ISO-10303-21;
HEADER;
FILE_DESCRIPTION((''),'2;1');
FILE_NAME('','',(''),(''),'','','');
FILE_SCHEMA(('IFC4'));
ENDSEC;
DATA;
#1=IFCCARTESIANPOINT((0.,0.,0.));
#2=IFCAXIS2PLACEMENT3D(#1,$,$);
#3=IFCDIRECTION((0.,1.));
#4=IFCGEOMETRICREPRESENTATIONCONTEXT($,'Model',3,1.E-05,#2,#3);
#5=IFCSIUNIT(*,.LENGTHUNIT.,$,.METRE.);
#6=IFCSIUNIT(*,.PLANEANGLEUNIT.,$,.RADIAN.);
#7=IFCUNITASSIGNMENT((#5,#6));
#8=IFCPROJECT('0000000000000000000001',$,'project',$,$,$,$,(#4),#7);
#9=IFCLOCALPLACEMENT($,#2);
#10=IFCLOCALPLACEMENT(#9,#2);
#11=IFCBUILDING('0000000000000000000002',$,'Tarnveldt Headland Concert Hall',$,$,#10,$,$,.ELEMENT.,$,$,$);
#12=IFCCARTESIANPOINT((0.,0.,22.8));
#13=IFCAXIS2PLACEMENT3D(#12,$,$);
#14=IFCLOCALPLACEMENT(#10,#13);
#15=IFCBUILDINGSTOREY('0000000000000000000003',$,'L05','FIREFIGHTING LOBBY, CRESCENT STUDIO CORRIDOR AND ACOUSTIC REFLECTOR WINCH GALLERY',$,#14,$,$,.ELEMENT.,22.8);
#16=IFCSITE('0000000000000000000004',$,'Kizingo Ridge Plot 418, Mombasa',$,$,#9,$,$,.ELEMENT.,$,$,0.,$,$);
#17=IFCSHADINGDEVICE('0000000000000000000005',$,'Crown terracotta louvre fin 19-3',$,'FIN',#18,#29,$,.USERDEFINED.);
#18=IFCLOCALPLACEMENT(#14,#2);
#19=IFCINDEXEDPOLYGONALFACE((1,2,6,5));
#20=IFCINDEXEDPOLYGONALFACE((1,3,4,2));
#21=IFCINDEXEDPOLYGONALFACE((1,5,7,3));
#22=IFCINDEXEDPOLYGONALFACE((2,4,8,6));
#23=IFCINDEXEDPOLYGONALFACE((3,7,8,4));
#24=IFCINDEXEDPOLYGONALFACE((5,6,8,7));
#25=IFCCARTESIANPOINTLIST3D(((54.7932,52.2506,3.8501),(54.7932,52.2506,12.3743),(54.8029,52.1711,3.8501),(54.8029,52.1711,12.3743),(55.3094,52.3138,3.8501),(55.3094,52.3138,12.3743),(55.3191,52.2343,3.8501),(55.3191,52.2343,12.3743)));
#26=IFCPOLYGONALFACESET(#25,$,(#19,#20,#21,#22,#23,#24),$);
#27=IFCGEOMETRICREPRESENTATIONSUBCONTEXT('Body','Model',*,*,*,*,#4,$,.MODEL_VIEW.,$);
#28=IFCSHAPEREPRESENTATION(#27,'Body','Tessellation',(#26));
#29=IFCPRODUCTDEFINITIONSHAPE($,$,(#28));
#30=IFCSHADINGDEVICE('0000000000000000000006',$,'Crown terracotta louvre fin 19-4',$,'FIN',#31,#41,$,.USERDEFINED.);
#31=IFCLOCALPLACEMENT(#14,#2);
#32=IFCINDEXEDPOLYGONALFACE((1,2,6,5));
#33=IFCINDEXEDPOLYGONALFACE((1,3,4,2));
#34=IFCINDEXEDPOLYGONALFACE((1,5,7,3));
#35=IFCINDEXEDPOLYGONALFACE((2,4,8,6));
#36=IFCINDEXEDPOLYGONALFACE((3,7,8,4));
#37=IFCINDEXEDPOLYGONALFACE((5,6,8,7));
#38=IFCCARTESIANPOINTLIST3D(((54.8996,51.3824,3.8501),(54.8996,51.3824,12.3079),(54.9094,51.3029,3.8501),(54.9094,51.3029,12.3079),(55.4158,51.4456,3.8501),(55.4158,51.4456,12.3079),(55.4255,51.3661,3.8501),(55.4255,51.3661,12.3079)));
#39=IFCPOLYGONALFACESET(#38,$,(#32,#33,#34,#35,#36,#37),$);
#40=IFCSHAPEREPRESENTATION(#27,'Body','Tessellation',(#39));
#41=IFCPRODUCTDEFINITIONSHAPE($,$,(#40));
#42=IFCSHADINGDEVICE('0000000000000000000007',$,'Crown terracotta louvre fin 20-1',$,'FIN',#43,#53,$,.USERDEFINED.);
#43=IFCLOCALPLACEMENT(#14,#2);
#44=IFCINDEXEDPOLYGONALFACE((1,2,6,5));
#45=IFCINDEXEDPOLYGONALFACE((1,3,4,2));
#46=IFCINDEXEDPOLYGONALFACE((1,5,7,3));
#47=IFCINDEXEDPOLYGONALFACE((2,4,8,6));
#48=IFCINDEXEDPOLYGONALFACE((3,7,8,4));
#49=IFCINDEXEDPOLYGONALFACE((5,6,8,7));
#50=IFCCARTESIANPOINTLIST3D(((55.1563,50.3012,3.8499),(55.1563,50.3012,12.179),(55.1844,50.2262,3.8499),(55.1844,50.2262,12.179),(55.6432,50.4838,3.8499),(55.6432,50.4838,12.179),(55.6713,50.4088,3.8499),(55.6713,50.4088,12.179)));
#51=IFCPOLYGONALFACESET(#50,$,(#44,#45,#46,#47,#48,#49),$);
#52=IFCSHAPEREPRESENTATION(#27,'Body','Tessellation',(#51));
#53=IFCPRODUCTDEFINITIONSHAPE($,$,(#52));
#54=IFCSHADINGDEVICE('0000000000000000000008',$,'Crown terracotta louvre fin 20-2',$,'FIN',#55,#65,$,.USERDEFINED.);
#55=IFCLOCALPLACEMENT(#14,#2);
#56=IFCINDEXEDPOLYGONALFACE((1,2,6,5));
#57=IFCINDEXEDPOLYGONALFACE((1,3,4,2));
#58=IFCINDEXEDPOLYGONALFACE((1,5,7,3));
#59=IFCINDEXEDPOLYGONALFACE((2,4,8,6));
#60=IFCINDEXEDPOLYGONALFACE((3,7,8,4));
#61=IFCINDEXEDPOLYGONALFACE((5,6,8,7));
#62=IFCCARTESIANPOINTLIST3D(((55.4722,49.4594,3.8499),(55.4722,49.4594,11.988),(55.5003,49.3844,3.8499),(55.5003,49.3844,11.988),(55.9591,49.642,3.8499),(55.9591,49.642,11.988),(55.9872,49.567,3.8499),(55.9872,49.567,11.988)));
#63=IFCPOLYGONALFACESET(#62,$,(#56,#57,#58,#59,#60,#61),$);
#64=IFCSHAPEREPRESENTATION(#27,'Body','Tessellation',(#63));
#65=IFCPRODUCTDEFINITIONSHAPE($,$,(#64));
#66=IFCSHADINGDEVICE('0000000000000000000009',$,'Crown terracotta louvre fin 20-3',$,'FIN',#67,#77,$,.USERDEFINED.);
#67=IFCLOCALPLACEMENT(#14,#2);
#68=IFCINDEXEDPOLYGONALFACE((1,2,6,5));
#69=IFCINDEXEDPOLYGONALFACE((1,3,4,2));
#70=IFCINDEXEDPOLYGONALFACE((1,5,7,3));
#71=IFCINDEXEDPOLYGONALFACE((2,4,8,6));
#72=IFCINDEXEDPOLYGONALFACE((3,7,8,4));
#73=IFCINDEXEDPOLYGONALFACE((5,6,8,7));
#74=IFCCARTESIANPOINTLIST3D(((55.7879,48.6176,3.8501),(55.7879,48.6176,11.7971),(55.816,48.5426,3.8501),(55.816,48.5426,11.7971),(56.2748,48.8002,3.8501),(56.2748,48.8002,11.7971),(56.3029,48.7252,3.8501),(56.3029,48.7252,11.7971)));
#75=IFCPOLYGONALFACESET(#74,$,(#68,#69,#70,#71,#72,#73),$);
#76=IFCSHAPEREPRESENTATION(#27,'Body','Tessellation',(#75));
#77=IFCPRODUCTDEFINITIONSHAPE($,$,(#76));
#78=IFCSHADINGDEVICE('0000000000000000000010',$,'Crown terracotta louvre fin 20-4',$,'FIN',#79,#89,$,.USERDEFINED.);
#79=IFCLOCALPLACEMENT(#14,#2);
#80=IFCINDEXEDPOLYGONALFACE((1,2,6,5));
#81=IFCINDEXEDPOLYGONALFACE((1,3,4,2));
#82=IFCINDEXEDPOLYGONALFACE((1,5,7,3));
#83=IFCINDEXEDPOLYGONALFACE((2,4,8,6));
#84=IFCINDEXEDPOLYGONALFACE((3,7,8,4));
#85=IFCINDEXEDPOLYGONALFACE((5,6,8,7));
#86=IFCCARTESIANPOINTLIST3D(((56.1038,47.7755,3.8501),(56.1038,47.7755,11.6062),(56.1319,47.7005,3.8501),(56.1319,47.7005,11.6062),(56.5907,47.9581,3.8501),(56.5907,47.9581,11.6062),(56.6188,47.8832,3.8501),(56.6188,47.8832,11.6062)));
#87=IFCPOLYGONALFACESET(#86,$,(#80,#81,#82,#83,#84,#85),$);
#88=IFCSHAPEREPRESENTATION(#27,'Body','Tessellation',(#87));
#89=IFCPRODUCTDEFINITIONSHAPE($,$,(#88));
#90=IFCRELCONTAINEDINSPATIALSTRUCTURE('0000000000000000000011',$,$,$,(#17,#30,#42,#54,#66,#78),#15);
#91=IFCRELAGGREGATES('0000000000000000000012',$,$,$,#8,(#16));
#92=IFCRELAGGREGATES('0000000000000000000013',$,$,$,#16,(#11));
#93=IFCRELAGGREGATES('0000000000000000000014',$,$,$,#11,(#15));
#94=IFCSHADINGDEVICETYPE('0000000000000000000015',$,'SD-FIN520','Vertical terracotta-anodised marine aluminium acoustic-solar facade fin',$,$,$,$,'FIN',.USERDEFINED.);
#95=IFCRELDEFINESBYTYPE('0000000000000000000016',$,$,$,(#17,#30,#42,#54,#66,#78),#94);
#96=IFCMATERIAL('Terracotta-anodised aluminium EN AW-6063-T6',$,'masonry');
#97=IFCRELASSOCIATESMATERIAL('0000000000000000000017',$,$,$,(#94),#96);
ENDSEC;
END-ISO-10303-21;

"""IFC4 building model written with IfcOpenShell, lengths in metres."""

from ifc_helpers import new_model, si_unit, direction, frame, origin, origin_2d, place, context, subcontext, project, spatial, rectangle, extrude, material, type_object, element, save


model = new_model("IFC4")

# Units and contexts
model_context = context("Model", 3, precision=1e-05, world=origin(), true_north=direction((0.0, 1.0)))
body_context = subcontext(model_context, "Body", "Model", "MODEL_VIEW")
ifc_project = project(units=[si_unit("LENGTHUNIT", "METRE"), si_unit("PLANEANGLEUNIT", "RADIAN")], contexts=[model_context])

# Site, building, storey
site_placement = place(None, origin())
site = spatial("IfcSite", under=ifc_project, at=site_placement, Name="Kizingo Ridge Plot 418, Mombasa", CompositionType="ELEMENT", RefElevation=0.0)
building_placement = place(site_placement, origin())
building = spatial("IfcBuilding", under=site, at=building_placement, Name="Tarnveldt Headland Concert Hall", CompositionType="ELEMENT")
storey_placement = place(building_placement, frame((0.0, 0.0, 22.8)))
storey = spatial("IfcBuildingStorey", under=building, at=storey_placement, Name="L05", Description="FIREFIGHTING LOBBY, CRESCENT STUDIO CORRIDOR AND ACOUSTIC REFLECTOR WINCH GALLERY", CompositionType="ELEMENT", Elevation=22.8)

# Shading devices
ifc_material_1 = material(Name="Terracotta-anodised aluminium EN AW-6063-T6", Category="masonry")
shading_device_type = type_object("IfcShadingDeviceType", Name="SD-FIN520", Description="Vertical terracotta-anodised marine aluminium acoustic-solar facade fin", ElementType="FIN", PredefinedType="USERDEFINED", material=ifc_material_1)
shading_device_1_placement = place(storey_placement, frame((55.0562, 52.2424, 3.8501), z_axis=(0.0, 0.0, 1.0), x_axis=(-0.992589, -0.121523, 0.0)))
element("IfcShadingDevice", 1, at=shading_device_1_placement, inside=storey, type_object=shading_device_type, Name="Crown terracotta louvre fin 19-3", ObjectType="FIN", PredefinedType="USERDEFINED", context=body_context, shape_type="SweptSolid", body=[
    extrude(rectangle(XDim=0.52, YDim=0.0801, at=origin_2d()), origin(), (0.0, 0.0, 1.0), 8.5242),
])
shading_device_2_placement = place(storey_placement, frame((55.1626, 51.3743, 3.8501), z_axis=(0.0, 0.0, 1.0), x_axis=(-0.992589, -0.121523, 0.0)))
element("IfcShadingDevice", 2, at=shading_device_2_placement, inside=storey, type_object=shading_device_type, Name="Crown terracotta louvre fin 19-4", ObjectType="FIN", PredefinedType="USERDEFINED", context=body_context, shape_type="SweptSolid", body=[
    extrude(rectangle(XDim=0.52, YDim=0.0801, at=origin_2d()), origin(), (0.0, 0.0, 1.0), 8.4578),
])
shading_device_3_placement = place(storey_placement, frame((55.4138, 50.355, 3.8499), z_axis=(0.0, 0.0, 1.0), x_axis=(-0.936305, -0.351188, 0.0)))
element("IfcShadingDevice", 3, at=shading_device_3_placement, inside=storey, type_object=shading_device_type, Name="Crown terracotta louvre fin 20-1", ObjectType="FIN", PredefinedType="USERDEFINED", context=body_context, shape_type="SweptSolid", body=[
    extrude(rectangle(XDim=0.52, YDim=0.0801, at=origin_2d()), origin(), (0.0, 0.0, 1.0), 8.3291),
])
shading_device_4_placement = place(storey_placement, frame((55.7297, 49.5132, 3.8499), z_axis=(0.0, 0.0, 1.0), x_axis=(-0.936305, -0.351188, 0.0)))
element("IfcShadingDevice", 4, at=shading_device_4_placement, inside=storey, type_object=shading_device_type, Name="Crown terracotta louvre fin 20-2", ObjectType="FIN", PredefinedType="USERDEFINED", context=body_context, shape_type="SweptSolid", body=[
    extrude(rectangle(XDim=0.52, YDim=0.0801, at=origin_2d()), origin(), (0.0, 0.0, 1.0), 8.1382),
])
shading_device_5_placement = place(storey_placement, frame((56.0454, 48.6714, 3.8501), z_axis=(0.0, 0.0, 1.0), x_axis=(-0.936305, -0.351188, 0.0)))
element("IfcShadingDevice", 5, at=shading_device_5_placement, inside=storey, type_object=shading_device_type, Name="Crown terracotta louvre fin 20-3", ObjectType="FIN", PredefinedType="USERDEFINED", context=body_context, shape_type="SweptSolid", body=[
    extrude(rectangle(XDim=0.52, YDim=0.0801, at=origin_2d()), origin(), (0.0, 0.0, 1.0), 7.947),
])
shading_device_6_placement = place(storey_placement, frame((56.3613, 47.8293, 3.8501), z_axis=(0.0, 0.0, 1.0), x_axis=(-0.936305, -0.351188, 0.0)))
element("IfcShadingDevice", 6, at=shading_device_6_placement, inside=storey, type_object=shading_device_type, Name="Crown terracotta louvre fin 20-4", ObjectType="FIN", PredefinedType="USERDEFINED", context=body_context, shape_type="SweptSolid", body=[
    extrude(rectangle(XDim=0.52, YDim=0.0801, at=origin_2d()), origin(), (0.0, 0.0, 1.0), 7.7561),
])

save(model, "model.ifc")
